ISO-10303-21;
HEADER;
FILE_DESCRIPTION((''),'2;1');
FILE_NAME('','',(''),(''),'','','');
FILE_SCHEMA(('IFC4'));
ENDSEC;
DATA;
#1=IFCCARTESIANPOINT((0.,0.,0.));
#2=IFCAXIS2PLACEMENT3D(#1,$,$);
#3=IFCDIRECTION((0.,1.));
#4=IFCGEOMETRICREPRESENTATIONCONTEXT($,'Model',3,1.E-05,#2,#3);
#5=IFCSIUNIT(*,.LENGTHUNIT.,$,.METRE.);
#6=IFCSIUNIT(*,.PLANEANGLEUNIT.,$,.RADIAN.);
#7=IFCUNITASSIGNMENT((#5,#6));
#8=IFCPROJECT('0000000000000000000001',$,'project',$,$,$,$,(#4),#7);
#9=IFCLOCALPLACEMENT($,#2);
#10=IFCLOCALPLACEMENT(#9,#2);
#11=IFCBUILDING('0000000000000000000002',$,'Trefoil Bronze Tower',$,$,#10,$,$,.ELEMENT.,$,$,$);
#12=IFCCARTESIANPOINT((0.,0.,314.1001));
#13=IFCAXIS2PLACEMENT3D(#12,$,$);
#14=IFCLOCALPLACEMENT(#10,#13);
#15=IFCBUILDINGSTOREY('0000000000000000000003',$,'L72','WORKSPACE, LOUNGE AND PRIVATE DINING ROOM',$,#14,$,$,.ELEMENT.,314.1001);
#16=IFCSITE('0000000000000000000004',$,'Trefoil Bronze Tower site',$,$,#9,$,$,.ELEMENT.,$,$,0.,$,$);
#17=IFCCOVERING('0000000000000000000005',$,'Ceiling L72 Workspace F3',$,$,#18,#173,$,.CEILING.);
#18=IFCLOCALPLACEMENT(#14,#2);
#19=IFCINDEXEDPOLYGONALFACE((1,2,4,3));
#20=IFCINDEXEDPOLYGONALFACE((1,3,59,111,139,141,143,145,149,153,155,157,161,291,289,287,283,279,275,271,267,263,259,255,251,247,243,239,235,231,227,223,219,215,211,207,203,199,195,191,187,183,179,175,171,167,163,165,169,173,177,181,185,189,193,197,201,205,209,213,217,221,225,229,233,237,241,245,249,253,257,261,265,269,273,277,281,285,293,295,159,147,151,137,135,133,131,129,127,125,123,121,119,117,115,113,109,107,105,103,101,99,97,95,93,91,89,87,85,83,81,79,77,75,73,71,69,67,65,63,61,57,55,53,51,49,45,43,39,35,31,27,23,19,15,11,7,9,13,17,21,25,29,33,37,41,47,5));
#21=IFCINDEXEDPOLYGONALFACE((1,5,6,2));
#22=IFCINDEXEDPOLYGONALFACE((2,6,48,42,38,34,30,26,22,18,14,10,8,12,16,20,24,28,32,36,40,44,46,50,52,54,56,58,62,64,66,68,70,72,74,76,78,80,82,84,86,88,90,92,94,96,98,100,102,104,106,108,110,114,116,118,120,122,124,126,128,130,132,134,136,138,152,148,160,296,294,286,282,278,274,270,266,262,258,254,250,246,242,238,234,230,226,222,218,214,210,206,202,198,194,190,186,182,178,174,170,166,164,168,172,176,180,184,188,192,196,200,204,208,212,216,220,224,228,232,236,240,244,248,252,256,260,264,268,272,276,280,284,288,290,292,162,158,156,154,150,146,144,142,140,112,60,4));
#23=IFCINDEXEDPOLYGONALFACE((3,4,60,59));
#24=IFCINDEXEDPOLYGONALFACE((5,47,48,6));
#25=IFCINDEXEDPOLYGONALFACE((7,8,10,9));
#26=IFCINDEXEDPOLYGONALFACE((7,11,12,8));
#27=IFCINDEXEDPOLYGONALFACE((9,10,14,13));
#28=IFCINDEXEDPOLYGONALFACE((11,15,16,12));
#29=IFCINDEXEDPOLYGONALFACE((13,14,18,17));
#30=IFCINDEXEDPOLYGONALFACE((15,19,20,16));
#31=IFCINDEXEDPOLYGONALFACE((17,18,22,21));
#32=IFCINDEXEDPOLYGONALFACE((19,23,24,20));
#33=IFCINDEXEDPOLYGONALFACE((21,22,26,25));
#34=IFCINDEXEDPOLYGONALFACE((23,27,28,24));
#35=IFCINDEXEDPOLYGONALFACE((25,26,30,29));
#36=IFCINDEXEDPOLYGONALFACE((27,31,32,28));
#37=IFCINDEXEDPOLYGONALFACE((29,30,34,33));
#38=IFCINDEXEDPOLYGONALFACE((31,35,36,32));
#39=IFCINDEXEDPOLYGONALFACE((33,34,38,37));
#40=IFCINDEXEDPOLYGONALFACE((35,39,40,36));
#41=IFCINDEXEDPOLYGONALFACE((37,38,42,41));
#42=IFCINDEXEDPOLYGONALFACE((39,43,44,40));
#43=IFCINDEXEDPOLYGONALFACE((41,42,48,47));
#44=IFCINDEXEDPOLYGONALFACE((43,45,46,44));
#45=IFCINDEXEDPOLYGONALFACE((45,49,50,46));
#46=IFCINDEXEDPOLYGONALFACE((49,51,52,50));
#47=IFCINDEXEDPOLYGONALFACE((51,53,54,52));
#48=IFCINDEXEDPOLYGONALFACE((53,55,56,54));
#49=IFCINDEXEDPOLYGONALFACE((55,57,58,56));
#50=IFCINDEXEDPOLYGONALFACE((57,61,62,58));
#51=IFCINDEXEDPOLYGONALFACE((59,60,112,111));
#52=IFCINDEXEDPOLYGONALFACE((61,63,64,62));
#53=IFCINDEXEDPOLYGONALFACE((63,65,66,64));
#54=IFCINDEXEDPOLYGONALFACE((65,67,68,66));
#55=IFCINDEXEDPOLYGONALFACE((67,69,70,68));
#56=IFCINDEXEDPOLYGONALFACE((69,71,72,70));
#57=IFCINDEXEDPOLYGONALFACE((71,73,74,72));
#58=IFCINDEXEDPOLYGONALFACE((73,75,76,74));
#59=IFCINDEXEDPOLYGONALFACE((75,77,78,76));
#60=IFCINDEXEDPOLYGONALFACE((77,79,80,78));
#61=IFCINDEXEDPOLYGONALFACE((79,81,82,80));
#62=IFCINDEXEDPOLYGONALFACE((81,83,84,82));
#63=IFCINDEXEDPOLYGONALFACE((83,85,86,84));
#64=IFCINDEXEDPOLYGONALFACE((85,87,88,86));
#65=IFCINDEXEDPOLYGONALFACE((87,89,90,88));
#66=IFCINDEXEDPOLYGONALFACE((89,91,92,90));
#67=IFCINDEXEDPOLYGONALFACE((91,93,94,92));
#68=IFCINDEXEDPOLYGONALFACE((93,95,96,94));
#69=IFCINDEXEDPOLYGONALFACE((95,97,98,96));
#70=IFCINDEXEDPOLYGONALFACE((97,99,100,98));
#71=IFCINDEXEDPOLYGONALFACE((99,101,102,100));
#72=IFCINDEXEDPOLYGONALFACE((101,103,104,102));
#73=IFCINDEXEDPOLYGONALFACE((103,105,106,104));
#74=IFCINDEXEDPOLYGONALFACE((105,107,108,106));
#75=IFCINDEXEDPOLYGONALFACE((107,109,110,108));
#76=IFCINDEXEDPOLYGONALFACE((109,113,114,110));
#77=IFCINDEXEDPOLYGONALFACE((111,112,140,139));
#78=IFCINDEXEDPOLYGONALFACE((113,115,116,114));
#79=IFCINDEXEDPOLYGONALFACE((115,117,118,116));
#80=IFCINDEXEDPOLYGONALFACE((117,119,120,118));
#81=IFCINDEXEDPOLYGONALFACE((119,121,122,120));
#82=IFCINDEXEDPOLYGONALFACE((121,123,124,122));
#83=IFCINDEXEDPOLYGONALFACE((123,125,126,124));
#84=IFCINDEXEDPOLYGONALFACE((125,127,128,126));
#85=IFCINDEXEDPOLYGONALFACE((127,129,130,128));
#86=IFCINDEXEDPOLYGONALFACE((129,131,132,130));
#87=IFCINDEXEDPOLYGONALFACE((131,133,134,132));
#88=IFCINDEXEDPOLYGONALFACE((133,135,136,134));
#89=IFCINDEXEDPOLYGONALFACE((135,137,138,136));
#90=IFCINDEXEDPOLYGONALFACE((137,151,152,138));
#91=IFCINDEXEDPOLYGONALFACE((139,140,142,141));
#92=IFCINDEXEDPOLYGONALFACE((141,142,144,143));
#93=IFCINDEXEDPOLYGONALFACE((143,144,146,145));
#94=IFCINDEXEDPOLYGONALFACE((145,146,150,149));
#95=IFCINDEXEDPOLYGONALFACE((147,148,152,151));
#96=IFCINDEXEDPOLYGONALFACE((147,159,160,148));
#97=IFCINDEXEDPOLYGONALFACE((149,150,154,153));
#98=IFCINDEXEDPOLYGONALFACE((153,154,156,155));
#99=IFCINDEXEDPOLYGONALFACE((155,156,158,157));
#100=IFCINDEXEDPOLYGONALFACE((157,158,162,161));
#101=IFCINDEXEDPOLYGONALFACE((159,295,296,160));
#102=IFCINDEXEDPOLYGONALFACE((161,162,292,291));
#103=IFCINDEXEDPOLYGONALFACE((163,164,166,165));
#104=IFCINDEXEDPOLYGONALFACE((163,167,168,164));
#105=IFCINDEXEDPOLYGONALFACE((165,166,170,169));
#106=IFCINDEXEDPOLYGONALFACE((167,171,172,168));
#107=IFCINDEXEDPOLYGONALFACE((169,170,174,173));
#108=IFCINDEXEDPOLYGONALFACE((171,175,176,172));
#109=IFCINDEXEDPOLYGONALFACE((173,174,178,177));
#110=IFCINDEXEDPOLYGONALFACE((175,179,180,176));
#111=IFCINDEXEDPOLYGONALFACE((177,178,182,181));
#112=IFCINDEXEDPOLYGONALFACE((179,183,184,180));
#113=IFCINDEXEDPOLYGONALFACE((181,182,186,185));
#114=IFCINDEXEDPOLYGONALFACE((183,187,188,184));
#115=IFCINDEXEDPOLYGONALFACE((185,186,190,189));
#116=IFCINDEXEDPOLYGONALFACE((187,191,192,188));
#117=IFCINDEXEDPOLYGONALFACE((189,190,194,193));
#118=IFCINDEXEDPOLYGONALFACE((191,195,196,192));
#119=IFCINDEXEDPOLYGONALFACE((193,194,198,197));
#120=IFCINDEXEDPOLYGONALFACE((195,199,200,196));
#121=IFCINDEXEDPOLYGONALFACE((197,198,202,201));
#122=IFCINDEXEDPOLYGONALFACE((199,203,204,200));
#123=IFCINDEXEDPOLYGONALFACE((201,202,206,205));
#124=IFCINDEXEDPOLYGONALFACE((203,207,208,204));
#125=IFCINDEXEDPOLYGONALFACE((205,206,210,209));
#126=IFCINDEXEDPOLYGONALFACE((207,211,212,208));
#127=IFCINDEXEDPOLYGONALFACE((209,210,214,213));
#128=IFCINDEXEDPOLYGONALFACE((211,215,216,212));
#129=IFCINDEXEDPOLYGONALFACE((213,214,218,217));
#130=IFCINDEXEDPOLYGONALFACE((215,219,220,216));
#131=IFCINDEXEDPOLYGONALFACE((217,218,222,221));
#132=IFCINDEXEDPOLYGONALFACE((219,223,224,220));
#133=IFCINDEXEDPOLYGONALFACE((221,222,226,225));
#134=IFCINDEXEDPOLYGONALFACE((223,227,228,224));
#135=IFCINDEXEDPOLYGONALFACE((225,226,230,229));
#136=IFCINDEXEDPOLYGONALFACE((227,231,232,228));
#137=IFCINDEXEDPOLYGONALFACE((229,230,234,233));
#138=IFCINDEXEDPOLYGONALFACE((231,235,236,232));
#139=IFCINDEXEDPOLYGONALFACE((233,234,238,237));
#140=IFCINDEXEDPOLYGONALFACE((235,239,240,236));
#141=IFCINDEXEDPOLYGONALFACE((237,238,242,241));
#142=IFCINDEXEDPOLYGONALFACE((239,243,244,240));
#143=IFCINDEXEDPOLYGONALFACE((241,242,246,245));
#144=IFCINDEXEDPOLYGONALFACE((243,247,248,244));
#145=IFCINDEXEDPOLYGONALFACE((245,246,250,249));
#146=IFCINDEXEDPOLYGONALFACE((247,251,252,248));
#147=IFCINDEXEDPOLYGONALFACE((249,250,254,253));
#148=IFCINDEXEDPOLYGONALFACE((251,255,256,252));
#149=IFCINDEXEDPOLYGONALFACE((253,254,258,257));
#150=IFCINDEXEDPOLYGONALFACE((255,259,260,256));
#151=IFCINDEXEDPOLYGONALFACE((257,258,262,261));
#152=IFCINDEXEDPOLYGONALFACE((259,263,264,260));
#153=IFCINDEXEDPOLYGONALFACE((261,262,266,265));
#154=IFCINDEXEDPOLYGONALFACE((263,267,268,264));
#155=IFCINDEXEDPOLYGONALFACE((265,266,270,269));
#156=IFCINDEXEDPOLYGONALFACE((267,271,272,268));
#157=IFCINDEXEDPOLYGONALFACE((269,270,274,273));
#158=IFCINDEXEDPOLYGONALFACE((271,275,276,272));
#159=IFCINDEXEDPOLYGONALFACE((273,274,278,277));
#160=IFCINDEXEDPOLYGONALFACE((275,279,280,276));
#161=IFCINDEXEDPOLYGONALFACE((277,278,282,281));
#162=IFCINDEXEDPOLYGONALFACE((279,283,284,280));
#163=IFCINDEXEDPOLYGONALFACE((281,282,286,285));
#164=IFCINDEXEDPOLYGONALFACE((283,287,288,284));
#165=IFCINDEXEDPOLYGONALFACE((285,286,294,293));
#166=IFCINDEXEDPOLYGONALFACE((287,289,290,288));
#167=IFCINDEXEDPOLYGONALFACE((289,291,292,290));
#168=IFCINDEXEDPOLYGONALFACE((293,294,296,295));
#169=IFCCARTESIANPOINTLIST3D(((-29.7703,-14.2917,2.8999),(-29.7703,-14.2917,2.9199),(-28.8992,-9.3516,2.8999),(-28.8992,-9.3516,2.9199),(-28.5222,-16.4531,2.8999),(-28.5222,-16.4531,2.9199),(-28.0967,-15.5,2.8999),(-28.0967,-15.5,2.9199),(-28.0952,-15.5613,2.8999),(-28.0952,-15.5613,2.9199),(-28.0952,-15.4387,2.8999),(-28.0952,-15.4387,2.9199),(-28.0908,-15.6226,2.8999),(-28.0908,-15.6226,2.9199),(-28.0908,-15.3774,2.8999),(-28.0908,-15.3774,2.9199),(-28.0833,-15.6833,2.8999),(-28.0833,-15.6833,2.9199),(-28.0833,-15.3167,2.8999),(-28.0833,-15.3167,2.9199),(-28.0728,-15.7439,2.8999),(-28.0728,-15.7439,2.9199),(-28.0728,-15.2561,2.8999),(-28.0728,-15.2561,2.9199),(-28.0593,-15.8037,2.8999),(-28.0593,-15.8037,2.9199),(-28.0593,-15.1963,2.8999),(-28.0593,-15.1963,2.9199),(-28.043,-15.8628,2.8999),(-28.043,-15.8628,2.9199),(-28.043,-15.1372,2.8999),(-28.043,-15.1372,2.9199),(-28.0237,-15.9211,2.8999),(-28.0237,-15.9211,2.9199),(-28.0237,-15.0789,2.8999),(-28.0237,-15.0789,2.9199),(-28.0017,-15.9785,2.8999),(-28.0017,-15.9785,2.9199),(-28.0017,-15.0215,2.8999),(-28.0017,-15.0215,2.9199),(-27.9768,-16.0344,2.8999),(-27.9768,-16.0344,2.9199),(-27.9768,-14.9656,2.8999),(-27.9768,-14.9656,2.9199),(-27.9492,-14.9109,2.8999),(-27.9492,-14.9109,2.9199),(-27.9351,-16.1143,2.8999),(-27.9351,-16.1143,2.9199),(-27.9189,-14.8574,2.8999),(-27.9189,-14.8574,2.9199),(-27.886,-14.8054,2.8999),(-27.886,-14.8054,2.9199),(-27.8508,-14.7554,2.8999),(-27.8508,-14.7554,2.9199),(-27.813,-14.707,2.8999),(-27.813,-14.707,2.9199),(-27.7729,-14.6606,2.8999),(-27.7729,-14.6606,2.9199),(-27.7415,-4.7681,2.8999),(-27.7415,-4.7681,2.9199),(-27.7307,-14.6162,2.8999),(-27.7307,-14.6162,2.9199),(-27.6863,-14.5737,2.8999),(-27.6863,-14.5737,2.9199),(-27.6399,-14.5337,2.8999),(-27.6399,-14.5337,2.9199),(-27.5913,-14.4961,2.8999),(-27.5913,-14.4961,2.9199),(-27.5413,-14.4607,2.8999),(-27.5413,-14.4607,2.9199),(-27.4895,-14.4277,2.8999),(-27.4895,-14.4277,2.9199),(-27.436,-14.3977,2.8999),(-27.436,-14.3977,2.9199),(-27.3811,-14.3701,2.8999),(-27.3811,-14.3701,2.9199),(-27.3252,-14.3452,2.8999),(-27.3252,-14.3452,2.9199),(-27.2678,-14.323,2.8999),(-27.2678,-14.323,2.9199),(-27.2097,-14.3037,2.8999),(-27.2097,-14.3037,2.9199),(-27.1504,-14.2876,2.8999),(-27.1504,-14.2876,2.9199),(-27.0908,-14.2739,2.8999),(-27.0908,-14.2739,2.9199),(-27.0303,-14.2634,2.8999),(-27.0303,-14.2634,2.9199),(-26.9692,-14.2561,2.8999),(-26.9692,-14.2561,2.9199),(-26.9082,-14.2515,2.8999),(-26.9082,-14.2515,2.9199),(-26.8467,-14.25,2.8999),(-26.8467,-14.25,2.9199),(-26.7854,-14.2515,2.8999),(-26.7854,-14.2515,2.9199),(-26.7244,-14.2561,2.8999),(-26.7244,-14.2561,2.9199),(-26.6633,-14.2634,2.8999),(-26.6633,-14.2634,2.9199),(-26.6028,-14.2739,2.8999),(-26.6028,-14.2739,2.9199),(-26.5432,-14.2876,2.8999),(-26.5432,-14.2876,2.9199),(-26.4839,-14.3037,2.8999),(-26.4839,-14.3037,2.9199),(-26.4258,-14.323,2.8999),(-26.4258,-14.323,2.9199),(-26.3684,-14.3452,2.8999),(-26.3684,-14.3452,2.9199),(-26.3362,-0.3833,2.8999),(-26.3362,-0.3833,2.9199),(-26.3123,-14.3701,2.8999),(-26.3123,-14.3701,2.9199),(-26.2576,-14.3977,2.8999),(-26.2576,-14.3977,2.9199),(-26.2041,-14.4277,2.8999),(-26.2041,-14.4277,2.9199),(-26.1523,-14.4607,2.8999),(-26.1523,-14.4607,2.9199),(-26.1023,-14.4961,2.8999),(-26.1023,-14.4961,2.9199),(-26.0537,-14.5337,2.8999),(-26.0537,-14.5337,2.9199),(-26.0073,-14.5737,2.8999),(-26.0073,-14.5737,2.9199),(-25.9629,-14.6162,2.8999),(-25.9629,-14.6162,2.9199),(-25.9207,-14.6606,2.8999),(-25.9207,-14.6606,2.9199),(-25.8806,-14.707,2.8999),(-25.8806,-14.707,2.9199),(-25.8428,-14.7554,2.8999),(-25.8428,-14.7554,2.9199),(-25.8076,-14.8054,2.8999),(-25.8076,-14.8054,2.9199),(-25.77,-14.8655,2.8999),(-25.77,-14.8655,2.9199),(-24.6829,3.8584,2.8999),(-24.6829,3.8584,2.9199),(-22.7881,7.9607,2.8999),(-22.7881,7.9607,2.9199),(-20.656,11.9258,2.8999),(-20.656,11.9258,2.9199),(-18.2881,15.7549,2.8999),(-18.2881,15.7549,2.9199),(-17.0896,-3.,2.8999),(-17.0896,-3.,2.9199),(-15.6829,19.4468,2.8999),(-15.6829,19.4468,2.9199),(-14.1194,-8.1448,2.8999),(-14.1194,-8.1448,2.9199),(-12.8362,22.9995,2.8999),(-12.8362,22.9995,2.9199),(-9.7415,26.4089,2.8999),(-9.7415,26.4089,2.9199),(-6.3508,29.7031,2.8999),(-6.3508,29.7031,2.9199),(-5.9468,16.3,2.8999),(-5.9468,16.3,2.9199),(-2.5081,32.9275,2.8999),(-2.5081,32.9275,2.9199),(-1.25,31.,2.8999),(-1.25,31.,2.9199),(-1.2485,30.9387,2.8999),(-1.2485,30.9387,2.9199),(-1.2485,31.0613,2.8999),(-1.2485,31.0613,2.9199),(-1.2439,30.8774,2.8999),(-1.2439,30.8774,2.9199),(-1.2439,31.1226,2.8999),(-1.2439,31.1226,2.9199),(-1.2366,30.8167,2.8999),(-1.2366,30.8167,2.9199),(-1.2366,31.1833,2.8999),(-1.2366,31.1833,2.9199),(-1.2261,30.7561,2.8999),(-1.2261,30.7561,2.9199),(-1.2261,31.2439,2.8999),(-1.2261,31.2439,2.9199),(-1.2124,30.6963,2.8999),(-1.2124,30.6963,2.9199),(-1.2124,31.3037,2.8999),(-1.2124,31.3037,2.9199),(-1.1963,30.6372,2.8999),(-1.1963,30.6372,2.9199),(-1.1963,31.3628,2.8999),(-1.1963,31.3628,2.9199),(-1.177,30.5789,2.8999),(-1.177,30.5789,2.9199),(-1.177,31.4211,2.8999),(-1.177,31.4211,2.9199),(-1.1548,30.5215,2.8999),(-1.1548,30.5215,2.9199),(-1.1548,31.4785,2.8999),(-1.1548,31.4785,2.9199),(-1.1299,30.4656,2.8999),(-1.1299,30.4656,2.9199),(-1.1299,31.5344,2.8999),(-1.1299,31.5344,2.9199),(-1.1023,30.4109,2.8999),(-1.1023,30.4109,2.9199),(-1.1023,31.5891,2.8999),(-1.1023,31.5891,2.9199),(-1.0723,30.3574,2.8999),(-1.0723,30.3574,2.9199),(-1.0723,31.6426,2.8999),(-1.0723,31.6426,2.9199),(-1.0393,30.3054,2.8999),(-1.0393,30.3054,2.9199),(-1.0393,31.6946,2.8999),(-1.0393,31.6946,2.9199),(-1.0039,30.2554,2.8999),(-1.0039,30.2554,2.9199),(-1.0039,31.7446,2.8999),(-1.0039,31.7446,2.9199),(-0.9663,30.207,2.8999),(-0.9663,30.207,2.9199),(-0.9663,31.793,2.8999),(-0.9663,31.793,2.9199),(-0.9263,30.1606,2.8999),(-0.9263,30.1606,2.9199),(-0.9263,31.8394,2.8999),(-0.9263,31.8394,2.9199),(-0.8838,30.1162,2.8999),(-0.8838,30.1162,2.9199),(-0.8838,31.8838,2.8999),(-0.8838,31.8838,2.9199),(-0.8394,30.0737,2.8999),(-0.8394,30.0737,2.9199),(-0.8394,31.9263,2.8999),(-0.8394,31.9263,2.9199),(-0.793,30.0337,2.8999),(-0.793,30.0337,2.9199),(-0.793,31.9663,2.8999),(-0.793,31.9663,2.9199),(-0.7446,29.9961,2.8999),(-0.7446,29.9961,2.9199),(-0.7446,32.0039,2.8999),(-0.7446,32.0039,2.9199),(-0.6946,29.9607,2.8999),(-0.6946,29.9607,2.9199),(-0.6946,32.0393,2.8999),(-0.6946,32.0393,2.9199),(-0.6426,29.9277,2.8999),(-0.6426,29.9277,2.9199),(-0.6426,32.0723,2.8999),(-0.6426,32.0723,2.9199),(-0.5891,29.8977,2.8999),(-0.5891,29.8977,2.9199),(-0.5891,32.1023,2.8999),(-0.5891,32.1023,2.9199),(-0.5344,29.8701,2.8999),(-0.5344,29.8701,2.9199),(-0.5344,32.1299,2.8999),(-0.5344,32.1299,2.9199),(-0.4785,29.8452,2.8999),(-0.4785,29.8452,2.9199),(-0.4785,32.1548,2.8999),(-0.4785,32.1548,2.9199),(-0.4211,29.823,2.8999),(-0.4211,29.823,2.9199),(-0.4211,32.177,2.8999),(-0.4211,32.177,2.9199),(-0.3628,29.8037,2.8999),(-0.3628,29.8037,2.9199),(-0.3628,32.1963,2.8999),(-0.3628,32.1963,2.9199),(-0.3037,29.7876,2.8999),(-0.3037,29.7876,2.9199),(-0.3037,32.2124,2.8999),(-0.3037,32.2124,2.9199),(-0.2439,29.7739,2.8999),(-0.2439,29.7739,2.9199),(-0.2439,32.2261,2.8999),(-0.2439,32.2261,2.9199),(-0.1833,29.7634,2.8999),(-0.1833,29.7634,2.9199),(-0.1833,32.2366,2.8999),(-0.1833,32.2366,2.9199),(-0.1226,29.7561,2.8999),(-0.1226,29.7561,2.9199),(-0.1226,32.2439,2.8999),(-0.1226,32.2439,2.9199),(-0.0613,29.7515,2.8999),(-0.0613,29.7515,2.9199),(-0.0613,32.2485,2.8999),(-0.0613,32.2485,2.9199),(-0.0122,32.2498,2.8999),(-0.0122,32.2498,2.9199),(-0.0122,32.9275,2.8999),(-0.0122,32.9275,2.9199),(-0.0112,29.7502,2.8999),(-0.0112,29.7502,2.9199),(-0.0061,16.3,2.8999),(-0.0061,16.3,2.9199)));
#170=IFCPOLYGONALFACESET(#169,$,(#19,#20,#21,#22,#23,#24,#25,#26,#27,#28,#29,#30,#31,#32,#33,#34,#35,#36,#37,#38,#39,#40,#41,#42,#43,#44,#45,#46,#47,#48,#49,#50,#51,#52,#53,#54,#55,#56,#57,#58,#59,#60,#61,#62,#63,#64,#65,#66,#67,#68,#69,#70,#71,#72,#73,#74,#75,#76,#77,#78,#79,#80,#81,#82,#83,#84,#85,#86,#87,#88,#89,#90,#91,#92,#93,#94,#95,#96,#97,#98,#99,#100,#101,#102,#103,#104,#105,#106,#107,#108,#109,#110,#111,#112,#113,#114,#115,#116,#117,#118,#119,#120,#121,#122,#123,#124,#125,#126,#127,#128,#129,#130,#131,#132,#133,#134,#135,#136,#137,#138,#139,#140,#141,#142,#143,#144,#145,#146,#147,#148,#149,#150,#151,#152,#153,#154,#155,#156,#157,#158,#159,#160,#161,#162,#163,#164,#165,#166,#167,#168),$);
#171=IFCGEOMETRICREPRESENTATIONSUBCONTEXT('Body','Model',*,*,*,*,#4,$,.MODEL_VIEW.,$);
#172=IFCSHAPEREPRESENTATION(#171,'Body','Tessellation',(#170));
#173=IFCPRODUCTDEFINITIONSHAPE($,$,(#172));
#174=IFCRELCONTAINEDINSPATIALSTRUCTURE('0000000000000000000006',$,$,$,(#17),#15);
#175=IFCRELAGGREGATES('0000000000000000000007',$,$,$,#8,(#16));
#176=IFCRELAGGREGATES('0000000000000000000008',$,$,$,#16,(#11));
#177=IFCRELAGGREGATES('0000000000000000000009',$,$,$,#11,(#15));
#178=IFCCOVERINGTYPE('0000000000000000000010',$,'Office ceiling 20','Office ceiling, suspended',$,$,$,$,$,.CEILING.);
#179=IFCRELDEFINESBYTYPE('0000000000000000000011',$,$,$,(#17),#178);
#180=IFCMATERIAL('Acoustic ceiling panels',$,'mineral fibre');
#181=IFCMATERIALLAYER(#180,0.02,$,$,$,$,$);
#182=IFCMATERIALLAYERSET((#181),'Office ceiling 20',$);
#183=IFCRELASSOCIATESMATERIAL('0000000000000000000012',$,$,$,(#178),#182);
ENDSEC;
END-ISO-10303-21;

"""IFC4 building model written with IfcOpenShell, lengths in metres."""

from ifc_helpers import new_model, si_unit, direction, frame, origin, place, context, subcontext, project, spatial, polyline, outline, extrude, material, layer, layer_set, type_object, element, save


model = new_model("IFC4")

# Units and contexts
model_context = context("Model", 3, precision=1e-05, world=origin(), true_north=direction((0.0, 1.0)))
body_context = subcontext(model_context, "Body", "Model", "MODEL_VIEW")
ifc_project = project(units=[si_unit("LENGTHUNIT", "METRE"), si_unit("PLANEANGLEUNIT", "RADIAN")], contexts=[model_context])

# Site, building, storey
site_placement = place(None, origin())
site = spatial("IfcSite", under=ifc_project, at=site_placement, Name="Trefoil Bronze Tower site", CompositionType="ELEMENT", RefElevation=0.0)
building_placement = place(site_placement, origin())
building = spatial("IfcBuilding", under=site, at=building_placement, Name="Trefoil Bronze Tower", CompositionType="ELEMENT")
storey_placement = place(building_placement, frame((0.0, 0.0, 314.1001)))
storey = spatial("IfcBuildingStorey", under=building, at=storey_placement, Name="L72", Description="WORKSPACE, LOUNGE AND PRIVATE DINING ROOM", CompositionType="ELEMENT", Elevation=314.1001)

# Covering
ifc_material_1 = material(Name="Acoustic ceiling panels", Category="mineral fibre")
ifc_layer_1 = layer(ifc_material_1, 0.02)
ifc_layer_set_1 = layer_set([ifc_layer_1], Name="Office ceiling 20")
covering_type_1 = type_object("IfcCoveringType", Name="Office ceiling 20", Description="Office ceiling, suspended", PredefinedType="CEILING", material=ifc_layer_set_1)
covering_1_placement = place(storey_placement, frame((0.0, 0.0, 2.8999)))
element("IfcCovering", 1, at=covering_1_placement, inside=storey, type_object=covering_type_1, Name="Ceiling L72 Workspace F3", PredefinedType="CEILING", context=body_context, shape_type="SweptSolid", body=[
    extrude(outline(polyline([(-27.7415, -4.7681), (-26.3362, -0.3833), (-24.6829, 3.8584), (-22.7881, 7.9607), (-20.656, 11.9258), (-18.2881, 15.7549), (-15.6829, 19.4468), (-12.8362, 22.9995), (-9.7415, 26.4089), (-6.3508, 29.7031), (-2.5081, 32.9275), (-0.0122, 32.9275), (-0.0122, 32.2498), (-0.0613, 32.2485), (-0.1226, 32.2439), (-0.1833, 32.2366), (-0.2439, 32.2261), (-0.3037, 32.2124), (-0.3628, 32.1963), (-0.4211, 32.177), (-0.4785, 32.1548), (-0.5344, 32.1299), (-0.5891, 32.1023), (-0.6426, 32.0723), (-0.6946, 32.0393), (-0.7446, 32.0039), (-0.793, 31.9663), (-0.8394, 31.9263), (-0.8838, 31.8838), (-0.9263, 31.8394), (-0.9663, 31.793), (-1.0039, 31.7446), (-1.0393, 31.6946), (-1.0723, 31.6426), (-1.1023, 31.5891), (-1.1299, 31.5344), (-1.1548, 31.4785), (-1.177, 31.4211), (-1.1963, 31.3628), (-1.2124, 31.3037), (-1.2261, 31.2439), (-1.2366, 31.1833), (-1.2439, 31.1226), (-1.2485, 31.0613), (-1.25, 31.0), (-1.2485, 30.9387), (-1.2439, 30.8774), (-1.2366, 30.8167), (-1.2261, 30.7561), (-1.2124, 30.6963), (-1.1963, 30.6372), (-1.177, 30.5789), (-1.1548, 30.5215), (-1.1299, 30.4656), (-1.1023, 30.4109), (-1.0723, 30.3574), (-1.0393, 30.3054), (-1.0039, 30.2554), (-0.9663, 30.207), (-0.9263, 30.1606), (-0.8838, 30.1162), (-0.8394, 30.0737), (-0.793, 30.0337), (-0.7446, 29.9961), (-0.6946, 29.9607), (-0.6426, 29.9277), (-0.5891, 29.8977), (-0.5344, 29.8701), (-0.4785, 29.8452), (-0.4211, 29.823), (-0.3628, 29.8037), (-0.3037, 29.7876), (-0.2439, 29.7739), (-0.1833, 29.7634), (-0.1226, 29.7561), (-0.0613, 29.7515), (-0.0112, 29.7502), (-0.0061, 16.3), (-5.9468, 16.3), (-17.0896, -3.0), (-14.1194, -8.1448), (-25.77, -14.8655), (-25.8076, -14.8054), (-25.8428, -14.7554), (-25.8806, -14.707), (-25.9207, -14.6606), (-25.9629, -14.6162), (-26.0073, -14.5737), (-26.0537, -14.5337), (-26.1023, -14.4961), (-26.1523, -14.4607), (-26.2041, -14.4277), (-26.2576, -14.3977), (-26.3123, -14.3701), (-26.3684, -14.3452), (-26.4258, -14.323), (-26.4839, -14.3037), (-26.5432, -14.2876), (-26.6028, -14.2739), (-26.6633, -14.2634), (-26.7244, -14.2561), (-26.7854, -14.2515), (-26.8467, -14.25), (-26.9082, -14.2515), (-26.9692, -14.2561), (-27.0303, -14.2634), (-27.0908, -14.2739), (-27.1504, -14.2876), (-27.2097, -14.3037), (-27.2678, -14.323), (-27.3252, -14.3452), (-27.3811, -14.3701), (-27.436, -14.3977), (-27.4895, -14.4277), (-27.5413, -14.4607), (-27.5913, -14.4961), (-27.6399, -14.5337), (-27.6863, -14.5737), (-27.7307, -14.6162), (-27.7729, -14.6606), (-27.813, -14.707), (-27.8508, -14.7554), (-27.886, -14.8054), (-27.9189, -14.8574), (-27.9492, -14.9109), (-27.9768, -14.9656), (-28.0017, -15.0215), (-28.0237, -15.0789), (-28.043, -15.1372), (-28.0593, -15.1963), (-28.0728, -15.2561), (-28.0833, -15.3167), (-28.0908, -15.3774), (-28.0952, -15.4387), (-28.0967, -15.5), (-28.0952, -15.5613), (-28.0908, -15.6226), (-28.0833, -15.6833), (-28.0728, -15.7439), (-28.0593, -15.8037), (-28.043, -15.8628), (-28.0237, -15.9211), (-28.0017, -15.9785), (-27.9768, -16.0344), (-27.9351, -16.1143), (-28.5222, -16.4531), (-29.7703, -14.2917), (-28.8992, -9.3516), (-27.7415, -4.7681)])), origin(), (0.0, 0.0, 1.0), 0.02),
])

save(model, "model.ifc")
